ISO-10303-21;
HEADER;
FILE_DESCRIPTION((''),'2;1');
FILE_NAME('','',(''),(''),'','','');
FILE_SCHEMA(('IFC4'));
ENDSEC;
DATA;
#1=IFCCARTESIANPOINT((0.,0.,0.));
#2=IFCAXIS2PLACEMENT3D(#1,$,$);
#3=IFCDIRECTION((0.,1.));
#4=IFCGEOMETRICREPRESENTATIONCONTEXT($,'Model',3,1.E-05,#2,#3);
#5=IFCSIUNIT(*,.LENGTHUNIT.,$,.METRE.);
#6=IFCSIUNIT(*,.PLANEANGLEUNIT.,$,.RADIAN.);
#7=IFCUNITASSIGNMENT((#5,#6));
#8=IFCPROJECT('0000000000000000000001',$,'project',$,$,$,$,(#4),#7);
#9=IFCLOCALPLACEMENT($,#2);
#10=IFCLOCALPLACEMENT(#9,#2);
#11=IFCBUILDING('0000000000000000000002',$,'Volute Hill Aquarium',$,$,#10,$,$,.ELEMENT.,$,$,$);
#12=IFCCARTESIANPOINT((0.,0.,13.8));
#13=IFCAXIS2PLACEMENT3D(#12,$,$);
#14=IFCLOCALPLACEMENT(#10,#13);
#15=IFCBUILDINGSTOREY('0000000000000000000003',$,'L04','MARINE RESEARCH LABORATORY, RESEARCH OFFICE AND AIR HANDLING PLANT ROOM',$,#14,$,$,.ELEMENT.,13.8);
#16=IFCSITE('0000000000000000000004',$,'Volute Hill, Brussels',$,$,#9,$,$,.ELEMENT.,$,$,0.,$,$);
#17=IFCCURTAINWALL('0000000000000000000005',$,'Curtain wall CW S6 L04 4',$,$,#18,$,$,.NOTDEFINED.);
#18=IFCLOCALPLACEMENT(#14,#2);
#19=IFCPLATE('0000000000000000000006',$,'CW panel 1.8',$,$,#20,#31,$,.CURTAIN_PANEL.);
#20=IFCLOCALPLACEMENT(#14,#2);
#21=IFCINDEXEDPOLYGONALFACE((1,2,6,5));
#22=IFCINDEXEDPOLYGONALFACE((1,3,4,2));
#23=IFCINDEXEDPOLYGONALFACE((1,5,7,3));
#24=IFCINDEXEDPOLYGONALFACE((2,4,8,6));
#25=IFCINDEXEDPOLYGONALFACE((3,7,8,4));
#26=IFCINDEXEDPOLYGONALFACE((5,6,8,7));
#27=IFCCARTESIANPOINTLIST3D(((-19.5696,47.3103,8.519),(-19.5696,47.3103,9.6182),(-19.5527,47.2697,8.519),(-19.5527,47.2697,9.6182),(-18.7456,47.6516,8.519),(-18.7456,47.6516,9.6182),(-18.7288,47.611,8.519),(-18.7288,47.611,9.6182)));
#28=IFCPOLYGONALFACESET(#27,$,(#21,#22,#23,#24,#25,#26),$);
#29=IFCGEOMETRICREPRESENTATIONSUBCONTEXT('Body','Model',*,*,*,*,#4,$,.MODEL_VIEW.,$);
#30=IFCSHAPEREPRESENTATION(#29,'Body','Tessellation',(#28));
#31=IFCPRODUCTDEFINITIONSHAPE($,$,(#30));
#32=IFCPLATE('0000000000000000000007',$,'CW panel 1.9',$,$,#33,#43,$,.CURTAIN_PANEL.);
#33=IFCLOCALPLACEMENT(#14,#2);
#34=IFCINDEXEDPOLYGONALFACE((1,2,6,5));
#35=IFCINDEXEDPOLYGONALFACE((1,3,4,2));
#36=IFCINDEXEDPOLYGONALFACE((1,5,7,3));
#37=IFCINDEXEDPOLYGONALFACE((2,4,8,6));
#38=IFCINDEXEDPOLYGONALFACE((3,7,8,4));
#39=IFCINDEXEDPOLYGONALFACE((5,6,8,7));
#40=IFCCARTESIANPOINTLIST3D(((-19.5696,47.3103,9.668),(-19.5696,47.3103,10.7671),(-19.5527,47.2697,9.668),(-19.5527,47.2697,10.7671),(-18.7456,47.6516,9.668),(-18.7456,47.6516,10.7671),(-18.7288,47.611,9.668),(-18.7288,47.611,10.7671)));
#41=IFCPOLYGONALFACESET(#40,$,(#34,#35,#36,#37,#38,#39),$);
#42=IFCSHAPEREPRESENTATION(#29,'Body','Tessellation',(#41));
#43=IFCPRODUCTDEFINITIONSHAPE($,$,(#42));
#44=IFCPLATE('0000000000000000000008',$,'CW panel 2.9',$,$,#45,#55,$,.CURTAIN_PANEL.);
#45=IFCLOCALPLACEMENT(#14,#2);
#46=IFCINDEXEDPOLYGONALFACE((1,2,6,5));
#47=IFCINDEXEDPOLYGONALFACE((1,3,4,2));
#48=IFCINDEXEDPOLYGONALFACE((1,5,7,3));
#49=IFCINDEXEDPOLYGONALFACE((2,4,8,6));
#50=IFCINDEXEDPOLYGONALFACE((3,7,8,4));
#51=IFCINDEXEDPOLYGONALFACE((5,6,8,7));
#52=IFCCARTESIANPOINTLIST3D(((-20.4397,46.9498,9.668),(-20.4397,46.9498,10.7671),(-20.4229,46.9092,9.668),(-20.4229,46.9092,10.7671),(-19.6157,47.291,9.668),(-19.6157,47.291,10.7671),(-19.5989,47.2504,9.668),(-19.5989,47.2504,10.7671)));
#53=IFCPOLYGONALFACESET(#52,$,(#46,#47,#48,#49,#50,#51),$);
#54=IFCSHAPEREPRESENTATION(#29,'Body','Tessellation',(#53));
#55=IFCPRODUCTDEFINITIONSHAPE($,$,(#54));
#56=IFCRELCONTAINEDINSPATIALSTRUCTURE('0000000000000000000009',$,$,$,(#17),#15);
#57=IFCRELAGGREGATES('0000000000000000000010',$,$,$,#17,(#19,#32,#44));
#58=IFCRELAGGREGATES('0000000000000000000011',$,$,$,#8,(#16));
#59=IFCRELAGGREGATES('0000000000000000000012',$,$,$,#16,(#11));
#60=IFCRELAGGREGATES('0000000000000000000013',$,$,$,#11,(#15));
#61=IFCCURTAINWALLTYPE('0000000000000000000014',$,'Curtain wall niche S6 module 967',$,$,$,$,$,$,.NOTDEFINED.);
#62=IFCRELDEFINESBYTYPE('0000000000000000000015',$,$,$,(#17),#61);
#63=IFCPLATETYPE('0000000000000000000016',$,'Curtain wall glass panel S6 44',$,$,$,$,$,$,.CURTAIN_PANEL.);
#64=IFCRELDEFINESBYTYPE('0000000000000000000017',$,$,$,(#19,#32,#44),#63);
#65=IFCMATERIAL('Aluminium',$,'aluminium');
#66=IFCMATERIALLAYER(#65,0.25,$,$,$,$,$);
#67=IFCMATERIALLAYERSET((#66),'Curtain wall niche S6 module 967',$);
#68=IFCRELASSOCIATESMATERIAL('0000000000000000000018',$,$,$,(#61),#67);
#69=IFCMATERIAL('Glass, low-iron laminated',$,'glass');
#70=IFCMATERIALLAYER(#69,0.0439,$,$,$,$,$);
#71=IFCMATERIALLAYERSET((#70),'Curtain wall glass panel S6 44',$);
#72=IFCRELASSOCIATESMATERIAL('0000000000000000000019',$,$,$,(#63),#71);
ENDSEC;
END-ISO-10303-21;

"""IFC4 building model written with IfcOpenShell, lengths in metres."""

from ifc_helpers import new_model, si_unit, direction, frame, origin, origin_2d, place, context, subcontext, project, spatial, rectangle, extrude, material, layer, layer_set, type_object, element, aggregate, save


model = new_model("IFC4")

# Units and contexts
model_context = context("Model", 3, precision=1e-05, world=origin(), true_north=direction((0.0, 1.0)))
body_context = subcontext(model_context, "Body", "Model", "MODEL_VIEW")
ifc_project = project(units=[si_unit("LENGTHUNIT", "METRE"), si_unit("PLANEANGLEUNIT", "RADIAN")], contexts=[model_context])

# Site, building, storey
site_placement = place(None, origin())
site = spatial("IfcSite", under=ifc_project, at=site_placement, Name="Volute Hill, Brussels", CompositionType="ELEMENT", RefElevation=0.0)
building_placement = place(site_placement, origin())
building = spatial("IfcBuilding", under=site, at=building_placement, Name="Volute Hill Aquarium", CompositionType="ELEMENT")
storey_placement = place(building_placement, frame((0.0, 0.0, 13.8)))
storey = spatial("IfcBuildingStorey", under=building, at=storey_placement, Name="L04", Description="MARINE RESEARCH LABORATORY, RESEARCH OFFICE AND AIR HANDLING PLANT ROOM", CompositionType="ELEMENT", Elevation=13.8)

# Curtain wall
ifc_material_1 = material(Name="Aluminium", Category="aluminium")
ifc_layer_1 = layer(ifc_material_1, 0.25)
ifc_layer_set_1 = layer_set([ifc_layer_1], Name="Curtain wall niche S6 module 967")
curtain_wall_type = type_object("IfcCurtainWallType", Name="Curtain wall niche S6 module 967", PredefinedType="NOTDEFINED", material=ifc_layer_set_1)
curtain_wall_1_placement = place(storey_placement, origin())
curtain_wall_1 = element("IfcCurtainWall", 1, at=curtain_wall_1_placement, inside=storey, type_object=curtain_wall_type, Name="Curtain wall CW S6 L04 4", PredefinedType="NOTDEFINED")

# Shared definitions
ifc_material_2 = material(Name="Glass, low-iron laminated", Category="glass")
ifc_layer_2 = layer(ifc_material_2, 0.0439)
ifc_layer_set_2 = layer_set([ifc_layer_2], Name="Curtain wall glass panel S6 44")
plate_type = type_object("IfcPlateType", Name="Curtain wall glass panel S6 44", PredefinedType="CURTAIN_PANEL", material=ifc_layer_set_2)

# Plates
plate_1_placement = place(storey_placement, frame((-19.1492, 47.4607, 8.519), z_axis=(0.0, 0.0, 1.0), x_axis=(-0.923881, -0.38268, 0.0)))
plate_1 = element("IfcPlate", 2, at=plate_1_placement, type_object=plate_type, Name="CW panel 1.8", PredefinedType="CURTAIN_PANEL", context=body_context, shape_type="SweptSolid", body=[
    extrude(rectangle(XDim=0.8918, YDim=0.0439, at=origin_2d()), origin(), (0.0, 0.0, 1.0), 1.0991),
])
plate_2_placement = place(storey_placement, frame((-19.1492, 47.4607, 9.668), z_axis=(0.0, 0.0, 1.0), x_axis=(-0.923881, -0.38268, 0.0)))
plate_2 = element("IfcPlate", 3, at=plate_2_placement, type_object=plate_type, Name="CW panel 1.9", PredefinedType="CURTAIN_PANEL", context=body_context, shape_type="SweptSolid", body=[
    extrude(rectangle(XDim=0.8918, YDim=0.0439, at=origin_2d()), origin(), (0.0, 0.0, 1.0), 1.0991),
])
plate_3_placement = place(storey_placement, frame((-20.0193, 47.1001, 9.668), z_axis=(0.0, 0.0, 1.0), x_axis=(-0.923881, -0.38268, 0.0)))
plate_3 = element("IfcPlate", 4, at=plate_3_placement, type_object=plate_type, Name="CW panel 2.9", PredefinedType="CURTAIN_PANEL", context=body_context, shape_type="SweptSolid", body=[
    extrude(rectangle(XDim=0.8918, YDim=0.0439, at=origin_2d()), origin(), (0.0, 0.0, 1.0), 1.0991),
])
aggregate(curtain_wall_1, [plate_1, plate_2, plate_3])

save(model, "model.ifc")
